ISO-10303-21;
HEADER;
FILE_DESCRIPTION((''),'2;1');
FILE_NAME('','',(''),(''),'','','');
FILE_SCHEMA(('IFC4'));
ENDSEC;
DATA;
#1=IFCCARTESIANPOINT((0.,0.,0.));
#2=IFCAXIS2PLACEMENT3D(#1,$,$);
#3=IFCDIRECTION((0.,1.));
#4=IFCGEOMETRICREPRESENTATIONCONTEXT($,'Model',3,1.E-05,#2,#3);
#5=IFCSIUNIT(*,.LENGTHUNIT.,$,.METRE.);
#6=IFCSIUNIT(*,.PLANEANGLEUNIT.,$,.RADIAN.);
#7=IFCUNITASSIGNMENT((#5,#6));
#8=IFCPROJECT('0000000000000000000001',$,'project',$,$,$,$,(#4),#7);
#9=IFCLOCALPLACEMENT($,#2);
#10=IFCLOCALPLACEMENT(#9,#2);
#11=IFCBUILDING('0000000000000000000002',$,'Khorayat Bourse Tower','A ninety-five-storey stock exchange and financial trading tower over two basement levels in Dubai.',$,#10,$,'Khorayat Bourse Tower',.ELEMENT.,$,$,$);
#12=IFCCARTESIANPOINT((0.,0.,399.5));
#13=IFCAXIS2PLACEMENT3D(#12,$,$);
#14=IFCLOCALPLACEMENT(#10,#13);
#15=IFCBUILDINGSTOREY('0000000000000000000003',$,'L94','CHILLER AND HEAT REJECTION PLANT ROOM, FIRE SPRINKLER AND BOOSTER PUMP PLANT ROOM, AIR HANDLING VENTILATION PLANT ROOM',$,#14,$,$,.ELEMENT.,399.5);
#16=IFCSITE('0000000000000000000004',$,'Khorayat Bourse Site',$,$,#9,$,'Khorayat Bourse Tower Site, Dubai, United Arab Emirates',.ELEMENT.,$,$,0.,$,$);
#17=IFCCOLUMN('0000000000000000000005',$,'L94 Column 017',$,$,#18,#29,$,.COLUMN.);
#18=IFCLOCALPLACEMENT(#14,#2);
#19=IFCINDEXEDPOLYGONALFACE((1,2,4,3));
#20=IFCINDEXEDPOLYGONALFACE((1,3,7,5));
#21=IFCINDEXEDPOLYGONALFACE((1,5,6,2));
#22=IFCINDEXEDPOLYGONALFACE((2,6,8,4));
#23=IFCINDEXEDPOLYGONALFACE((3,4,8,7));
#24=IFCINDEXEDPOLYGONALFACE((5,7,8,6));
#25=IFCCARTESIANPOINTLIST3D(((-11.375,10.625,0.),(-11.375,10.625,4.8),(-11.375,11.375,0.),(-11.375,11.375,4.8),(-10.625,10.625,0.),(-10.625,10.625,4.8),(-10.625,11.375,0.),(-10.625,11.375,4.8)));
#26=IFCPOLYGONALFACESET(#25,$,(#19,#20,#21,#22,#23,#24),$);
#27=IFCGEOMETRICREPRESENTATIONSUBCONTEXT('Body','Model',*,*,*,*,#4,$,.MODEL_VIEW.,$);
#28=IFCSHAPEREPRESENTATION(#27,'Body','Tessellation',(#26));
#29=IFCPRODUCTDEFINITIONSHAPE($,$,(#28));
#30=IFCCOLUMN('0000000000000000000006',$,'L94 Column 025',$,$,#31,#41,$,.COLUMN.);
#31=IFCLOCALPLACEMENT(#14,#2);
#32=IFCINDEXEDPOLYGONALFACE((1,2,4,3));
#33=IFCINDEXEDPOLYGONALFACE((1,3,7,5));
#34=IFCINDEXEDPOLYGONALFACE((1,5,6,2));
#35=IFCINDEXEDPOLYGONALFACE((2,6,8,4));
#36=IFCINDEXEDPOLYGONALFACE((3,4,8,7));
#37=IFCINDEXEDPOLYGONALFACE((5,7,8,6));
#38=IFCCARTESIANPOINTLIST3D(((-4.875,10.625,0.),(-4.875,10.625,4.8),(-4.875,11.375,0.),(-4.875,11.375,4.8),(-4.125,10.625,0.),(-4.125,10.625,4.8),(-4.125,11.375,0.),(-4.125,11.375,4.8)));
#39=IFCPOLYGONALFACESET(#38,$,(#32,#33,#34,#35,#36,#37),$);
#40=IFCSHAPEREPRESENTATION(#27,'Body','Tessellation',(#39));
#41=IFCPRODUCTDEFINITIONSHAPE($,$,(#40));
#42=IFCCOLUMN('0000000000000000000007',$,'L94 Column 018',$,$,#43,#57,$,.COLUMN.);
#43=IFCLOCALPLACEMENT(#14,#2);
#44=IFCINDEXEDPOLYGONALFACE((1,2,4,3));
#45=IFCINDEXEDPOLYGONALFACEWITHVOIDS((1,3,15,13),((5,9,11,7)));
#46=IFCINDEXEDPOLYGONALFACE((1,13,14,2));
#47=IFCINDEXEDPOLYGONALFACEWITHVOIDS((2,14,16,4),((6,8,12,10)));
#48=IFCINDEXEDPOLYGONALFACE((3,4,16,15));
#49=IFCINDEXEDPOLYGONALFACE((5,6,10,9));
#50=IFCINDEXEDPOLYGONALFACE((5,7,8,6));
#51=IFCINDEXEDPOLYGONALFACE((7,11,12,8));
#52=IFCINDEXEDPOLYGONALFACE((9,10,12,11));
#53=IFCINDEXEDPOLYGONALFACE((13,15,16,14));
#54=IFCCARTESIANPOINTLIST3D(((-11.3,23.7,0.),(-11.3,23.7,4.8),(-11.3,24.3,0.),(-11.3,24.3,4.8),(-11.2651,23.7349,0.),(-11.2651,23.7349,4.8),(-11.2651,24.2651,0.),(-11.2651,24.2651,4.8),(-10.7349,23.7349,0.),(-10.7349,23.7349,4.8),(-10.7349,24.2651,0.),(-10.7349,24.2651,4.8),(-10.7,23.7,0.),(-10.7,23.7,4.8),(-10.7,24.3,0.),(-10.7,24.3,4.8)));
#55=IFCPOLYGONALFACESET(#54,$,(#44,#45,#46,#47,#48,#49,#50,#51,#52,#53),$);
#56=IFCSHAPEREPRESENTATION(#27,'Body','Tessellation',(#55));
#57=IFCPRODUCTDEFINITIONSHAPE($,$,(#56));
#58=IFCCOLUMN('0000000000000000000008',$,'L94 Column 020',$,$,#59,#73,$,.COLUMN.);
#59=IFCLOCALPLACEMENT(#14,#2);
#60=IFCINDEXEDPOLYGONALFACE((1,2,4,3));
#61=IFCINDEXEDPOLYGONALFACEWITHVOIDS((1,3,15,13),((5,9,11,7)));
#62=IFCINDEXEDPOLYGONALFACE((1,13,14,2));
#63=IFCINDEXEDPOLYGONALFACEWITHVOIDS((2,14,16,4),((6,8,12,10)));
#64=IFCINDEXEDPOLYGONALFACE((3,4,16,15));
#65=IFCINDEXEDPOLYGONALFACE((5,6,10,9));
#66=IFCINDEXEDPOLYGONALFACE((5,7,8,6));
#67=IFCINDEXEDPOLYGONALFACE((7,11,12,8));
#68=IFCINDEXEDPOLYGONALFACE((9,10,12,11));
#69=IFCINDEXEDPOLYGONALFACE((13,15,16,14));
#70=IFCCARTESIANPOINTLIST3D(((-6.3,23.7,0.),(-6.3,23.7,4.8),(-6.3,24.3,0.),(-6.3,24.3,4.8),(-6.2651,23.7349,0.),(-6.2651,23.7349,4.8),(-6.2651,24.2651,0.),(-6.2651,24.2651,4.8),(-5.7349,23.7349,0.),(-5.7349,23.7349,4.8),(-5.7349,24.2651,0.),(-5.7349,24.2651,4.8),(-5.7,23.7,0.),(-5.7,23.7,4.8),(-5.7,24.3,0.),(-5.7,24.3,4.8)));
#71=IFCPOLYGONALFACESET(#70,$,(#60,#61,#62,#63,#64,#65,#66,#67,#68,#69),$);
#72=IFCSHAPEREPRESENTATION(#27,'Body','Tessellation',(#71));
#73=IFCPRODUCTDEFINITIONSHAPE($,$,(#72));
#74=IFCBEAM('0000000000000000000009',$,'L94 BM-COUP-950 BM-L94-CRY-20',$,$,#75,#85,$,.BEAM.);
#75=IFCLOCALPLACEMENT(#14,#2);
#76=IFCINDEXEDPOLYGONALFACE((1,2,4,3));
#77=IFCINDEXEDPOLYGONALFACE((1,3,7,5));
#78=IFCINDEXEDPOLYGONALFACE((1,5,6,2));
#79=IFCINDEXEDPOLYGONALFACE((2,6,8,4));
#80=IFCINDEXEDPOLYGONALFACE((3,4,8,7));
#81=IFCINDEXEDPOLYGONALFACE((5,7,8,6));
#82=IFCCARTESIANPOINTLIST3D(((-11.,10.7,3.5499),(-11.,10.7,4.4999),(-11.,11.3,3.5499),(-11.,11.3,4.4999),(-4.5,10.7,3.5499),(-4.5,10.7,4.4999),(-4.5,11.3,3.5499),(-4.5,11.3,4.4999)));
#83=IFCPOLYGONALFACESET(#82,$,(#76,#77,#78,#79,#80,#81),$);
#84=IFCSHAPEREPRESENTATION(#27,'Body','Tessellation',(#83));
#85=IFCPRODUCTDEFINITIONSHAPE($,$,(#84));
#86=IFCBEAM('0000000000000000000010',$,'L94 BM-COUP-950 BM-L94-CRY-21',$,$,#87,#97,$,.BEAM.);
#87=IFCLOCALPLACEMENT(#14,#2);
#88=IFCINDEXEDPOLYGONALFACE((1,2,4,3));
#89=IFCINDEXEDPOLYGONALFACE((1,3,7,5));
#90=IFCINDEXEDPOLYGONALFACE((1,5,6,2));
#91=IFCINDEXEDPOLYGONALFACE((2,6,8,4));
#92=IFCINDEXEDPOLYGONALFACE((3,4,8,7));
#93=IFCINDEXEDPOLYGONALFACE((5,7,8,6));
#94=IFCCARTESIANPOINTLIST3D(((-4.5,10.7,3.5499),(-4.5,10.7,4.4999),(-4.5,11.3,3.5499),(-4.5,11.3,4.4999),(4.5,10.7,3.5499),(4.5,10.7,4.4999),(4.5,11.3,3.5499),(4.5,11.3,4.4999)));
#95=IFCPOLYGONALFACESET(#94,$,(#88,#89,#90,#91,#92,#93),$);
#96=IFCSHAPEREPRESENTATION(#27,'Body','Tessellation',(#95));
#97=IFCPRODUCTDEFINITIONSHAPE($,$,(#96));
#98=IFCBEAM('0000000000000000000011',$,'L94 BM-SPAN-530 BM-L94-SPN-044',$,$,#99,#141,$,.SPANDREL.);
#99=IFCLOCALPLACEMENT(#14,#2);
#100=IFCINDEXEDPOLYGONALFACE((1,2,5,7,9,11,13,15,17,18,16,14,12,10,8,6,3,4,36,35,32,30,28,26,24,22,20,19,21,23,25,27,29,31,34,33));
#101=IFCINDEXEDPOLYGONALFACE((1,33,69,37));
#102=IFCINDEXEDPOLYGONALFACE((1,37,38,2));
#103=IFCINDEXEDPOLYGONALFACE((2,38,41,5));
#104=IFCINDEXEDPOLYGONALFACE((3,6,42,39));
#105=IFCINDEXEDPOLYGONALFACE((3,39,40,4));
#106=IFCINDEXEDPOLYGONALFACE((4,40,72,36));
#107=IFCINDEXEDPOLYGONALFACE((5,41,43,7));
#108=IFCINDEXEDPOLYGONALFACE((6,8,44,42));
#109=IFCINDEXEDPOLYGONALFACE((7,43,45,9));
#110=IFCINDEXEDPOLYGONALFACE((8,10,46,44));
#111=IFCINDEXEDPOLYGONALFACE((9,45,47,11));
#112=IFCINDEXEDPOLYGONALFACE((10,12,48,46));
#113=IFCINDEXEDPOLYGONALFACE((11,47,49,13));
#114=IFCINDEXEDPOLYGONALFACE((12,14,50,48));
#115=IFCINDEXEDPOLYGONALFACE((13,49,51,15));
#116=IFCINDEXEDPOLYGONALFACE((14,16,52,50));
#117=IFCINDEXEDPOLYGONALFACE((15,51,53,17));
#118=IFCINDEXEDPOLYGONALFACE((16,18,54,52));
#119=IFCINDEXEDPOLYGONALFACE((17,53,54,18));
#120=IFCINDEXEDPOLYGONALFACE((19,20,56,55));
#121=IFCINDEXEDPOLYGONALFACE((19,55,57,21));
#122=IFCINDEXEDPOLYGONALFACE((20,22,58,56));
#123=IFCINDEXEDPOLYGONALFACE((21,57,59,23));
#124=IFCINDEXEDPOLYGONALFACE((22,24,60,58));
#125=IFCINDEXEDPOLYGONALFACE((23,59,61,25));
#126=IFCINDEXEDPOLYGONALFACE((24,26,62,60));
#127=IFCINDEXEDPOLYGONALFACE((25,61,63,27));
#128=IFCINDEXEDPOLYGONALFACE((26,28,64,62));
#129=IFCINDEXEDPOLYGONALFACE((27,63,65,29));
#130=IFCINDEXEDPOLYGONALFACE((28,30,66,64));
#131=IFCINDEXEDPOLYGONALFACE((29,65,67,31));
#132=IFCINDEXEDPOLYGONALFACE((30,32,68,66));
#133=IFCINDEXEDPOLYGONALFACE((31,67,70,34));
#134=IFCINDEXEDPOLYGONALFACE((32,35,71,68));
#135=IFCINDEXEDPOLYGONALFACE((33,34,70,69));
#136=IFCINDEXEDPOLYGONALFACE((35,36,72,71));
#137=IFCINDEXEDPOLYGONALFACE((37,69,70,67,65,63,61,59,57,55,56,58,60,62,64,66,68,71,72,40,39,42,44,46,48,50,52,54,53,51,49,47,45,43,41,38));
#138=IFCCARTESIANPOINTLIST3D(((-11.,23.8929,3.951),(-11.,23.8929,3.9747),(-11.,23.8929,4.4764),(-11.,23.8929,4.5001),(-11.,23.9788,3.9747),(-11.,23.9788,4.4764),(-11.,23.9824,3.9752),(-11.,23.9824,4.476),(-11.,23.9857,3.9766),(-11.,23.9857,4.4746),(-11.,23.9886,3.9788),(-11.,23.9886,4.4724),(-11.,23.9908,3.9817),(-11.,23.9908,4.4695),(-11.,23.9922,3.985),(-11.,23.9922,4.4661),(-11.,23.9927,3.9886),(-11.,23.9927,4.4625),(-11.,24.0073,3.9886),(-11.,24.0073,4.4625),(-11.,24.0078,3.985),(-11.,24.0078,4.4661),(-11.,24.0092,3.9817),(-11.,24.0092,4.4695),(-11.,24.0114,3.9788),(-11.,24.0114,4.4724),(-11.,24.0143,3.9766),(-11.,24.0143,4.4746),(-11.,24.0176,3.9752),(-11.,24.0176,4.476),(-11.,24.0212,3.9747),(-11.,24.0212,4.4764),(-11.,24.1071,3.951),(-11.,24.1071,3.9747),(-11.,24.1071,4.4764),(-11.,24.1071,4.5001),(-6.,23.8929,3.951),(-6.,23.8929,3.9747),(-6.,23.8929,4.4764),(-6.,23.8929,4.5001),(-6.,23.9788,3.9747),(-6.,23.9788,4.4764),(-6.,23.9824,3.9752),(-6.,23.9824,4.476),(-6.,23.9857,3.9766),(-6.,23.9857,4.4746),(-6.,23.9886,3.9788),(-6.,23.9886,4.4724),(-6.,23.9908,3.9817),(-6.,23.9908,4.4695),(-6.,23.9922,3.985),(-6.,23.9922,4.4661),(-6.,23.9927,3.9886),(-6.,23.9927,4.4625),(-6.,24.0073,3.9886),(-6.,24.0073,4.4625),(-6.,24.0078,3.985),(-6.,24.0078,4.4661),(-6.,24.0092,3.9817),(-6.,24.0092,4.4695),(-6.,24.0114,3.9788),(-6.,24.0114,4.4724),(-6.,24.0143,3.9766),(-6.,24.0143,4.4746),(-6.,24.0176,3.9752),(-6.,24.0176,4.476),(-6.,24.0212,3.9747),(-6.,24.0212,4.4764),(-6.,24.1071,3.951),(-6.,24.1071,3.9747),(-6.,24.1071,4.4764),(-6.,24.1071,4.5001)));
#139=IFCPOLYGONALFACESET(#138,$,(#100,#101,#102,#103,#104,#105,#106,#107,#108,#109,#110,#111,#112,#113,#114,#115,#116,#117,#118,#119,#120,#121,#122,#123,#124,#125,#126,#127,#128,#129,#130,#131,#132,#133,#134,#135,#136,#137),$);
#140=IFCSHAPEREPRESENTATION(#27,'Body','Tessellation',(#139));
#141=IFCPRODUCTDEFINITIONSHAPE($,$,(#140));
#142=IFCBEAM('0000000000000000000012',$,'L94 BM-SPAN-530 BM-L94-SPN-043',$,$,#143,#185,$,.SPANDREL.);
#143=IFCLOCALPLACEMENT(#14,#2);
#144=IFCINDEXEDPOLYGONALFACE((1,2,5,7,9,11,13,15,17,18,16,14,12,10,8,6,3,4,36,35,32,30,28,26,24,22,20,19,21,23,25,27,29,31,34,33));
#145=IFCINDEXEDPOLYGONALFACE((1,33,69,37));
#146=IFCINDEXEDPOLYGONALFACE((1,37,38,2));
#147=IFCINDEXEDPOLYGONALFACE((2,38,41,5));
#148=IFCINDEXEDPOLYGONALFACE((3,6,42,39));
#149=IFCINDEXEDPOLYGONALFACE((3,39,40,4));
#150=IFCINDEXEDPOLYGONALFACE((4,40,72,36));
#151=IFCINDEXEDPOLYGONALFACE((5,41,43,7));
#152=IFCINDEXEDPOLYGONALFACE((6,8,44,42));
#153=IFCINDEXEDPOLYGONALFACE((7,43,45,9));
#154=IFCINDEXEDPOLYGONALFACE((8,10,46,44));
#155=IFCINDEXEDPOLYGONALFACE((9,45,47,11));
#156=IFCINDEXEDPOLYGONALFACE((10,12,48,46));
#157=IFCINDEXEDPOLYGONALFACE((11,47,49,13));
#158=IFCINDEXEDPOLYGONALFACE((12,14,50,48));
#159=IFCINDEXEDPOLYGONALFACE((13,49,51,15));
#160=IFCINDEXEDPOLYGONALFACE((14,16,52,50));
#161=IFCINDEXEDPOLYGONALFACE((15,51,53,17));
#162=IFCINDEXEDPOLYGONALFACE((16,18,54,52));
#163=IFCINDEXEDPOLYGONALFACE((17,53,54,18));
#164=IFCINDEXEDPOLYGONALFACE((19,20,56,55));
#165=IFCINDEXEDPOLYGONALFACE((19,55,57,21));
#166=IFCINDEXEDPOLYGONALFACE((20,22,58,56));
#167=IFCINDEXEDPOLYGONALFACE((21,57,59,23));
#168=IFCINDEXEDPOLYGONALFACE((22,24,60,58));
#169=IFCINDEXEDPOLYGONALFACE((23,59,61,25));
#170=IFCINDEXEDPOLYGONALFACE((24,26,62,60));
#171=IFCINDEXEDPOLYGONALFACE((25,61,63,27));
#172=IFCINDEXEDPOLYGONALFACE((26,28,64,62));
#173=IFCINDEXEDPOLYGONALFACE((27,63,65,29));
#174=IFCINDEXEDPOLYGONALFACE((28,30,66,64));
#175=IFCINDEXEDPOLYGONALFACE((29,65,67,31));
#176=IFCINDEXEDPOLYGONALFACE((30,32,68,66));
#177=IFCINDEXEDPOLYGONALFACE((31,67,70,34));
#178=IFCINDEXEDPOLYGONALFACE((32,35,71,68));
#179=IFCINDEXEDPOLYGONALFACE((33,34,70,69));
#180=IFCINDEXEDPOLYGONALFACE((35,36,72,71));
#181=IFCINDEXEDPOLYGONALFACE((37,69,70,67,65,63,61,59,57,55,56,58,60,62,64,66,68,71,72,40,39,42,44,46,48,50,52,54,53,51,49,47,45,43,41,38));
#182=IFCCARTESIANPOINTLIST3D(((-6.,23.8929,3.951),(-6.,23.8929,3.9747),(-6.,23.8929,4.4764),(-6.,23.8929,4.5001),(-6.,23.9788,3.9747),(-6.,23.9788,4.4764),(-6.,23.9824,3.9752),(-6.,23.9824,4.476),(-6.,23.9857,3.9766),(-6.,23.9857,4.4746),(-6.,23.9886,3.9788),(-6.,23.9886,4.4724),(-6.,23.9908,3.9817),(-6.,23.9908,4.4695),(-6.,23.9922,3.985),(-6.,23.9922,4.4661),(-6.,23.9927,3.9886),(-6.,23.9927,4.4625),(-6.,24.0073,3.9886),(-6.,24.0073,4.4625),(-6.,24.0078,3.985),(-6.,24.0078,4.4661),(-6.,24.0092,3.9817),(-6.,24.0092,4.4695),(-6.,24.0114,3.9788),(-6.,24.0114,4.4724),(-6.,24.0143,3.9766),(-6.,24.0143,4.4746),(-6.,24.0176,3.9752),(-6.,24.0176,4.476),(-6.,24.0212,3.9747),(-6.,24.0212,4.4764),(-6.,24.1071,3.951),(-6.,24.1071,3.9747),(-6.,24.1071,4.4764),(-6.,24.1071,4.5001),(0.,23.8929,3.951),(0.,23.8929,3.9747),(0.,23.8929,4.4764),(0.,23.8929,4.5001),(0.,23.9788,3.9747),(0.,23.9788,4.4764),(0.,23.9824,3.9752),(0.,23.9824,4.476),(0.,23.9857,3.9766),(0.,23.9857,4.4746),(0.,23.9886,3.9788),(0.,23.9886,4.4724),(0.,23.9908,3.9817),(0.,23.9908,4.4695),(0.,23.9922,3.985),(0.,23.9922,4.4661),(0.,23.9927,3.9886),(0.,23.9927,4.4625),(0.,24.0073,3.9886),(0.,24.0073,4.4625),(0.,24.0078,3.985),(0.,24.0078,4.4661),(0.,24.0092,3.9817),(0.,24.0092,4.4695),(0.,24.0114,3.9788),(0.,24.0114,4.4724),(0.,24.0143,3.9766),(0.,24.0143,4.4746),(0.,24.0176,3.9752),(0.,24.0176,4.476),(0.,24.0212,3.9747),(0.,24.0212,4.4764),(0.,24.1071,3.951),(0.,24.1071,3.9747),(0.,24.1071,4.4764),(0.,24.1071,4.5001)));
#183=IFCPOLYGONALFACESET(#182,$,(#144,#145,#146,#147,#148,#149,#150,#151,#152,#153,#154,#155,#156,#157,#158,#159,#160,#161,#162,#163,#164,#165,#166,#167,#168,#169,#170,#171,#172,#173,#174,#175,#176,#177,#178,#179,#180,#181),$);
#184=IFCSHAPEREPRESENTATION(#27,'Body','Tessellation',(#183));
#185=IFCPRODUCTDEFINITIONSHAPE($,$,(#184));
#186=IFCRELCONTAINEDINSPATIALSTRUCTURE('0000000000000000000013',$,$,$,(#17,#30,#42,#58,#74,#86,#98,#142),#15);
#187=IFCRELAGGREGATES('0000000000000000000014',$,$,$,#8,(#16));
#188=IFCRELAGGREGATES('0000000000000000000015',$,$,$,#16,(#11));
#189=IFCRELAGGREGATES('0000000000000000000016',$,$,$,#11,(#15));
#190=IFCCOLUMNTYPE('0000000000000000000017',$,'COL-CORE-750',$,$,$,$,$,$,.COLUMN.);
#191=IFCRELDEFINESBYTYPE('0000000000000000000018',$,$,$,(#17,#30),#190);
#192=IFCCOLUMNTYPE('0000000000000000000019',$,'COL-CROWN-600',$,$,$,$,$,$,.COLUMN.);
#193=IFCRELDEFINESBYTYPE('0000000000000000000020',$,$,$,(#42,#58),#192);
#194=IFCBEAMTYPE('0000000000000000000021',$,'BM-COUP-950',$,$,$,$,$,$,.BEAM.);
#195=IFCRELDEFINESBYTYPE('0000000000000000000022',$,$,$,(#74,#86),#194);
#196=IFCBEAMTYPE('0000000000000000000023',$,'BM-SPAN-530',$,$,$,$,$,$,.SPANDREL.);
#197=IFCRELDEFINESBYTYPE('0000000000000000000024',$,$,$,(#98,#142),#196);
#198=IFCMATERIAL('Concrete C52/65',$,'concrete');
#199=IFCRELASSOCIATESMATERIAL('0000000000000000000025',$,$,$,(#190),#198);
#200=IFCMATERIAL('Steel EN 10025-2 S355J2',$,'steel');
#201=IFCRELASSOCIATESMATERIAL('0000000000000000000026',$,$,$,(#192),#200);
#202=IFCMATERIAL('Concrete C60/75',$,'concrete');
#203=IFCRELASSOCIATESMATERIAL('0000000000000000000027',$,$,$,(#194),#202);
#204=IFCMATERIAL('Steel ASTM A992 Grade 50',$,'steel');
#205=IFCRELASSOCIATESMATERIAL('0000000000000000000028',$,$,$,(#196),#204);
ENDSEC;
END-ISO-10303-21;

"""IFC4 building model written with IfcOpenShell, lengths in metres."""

from ifc_helpers import new_model, si_unit, direction, frame, origin, origin_2d, place, context, subcontext, project, spatial, rectangle, hollow_rectangle, i_section, extrude, source, transform, mapped, material, material_profile, profile_set, type_object, element, save


model = new_model("IFC4")

# Units and contexts
model_context = context("Model", 3, precision=1e-05, world=origin(), true_north=direction((0.0, 1.0)))
body_context = subcontext(model_context, "Body", "Model", "MODEL_VIEW")
ifc_project = project(units=[si_unit("LENGTHUNIT", "METRE"), si_unit("PLANEANGLEUNIT", "RADIAN")], contexts=[model_context])

# Site, building, storey
site_placement = place(None, origin())
site = spatial("IfcSite", under=ifc_project, at=site_placement, Name="Khorayat Bourse Site", LongName="Khorayat Bourse Tower Site, Dubai, United Arab Emirates", CompositionType="ELEMENT", RefElevation=0.0)
building_placement = place(site_placement, origin())
building = spatial("IfcBuilding", under=site, at=building_placement, Name="Khorayat Bourse Tower", Description="A ninety-five-storey stock exchange and financial trading tower over two basement levels in Dubai.", LongName="Khorayat Bourse Tower", CompositionType="ELEMENT")
storey_placement = place(building_placement, frame((0.0, 0.0, 399.5)))
storey = spatial("IfcBuildingStorey", under=building, at=storey_placement, Name="L94", Description="CHILLER AND HEAT REJECTION PLANT ROOM, FIRE SPRINKLER AND BOOSTER PUMP PLANT ROOM, AIR HANDLING VENTILATION PLANT ROOM", CompositionType="ELEMENT", Elevation=399.5)

# Columns
ifc_material_1 = material(Name="Concrete C52/65", Category="concrete")
ifc_material_profile_1 = material_profile(ifc_material_1, rectangle(XDim=0.75, YDim=0.75, at=origin_2d()), Name="RC 750x750")
ifc_profile_set_1 = profile_set([ifc_material_profile_1], Name="Concrete C52/65")
column_type_1 = type_object("IfcColumnType", Name="COL-CORE-750", PredefinedType="COLUMN", material=ifc_profile_set_1)
shared_shape_1 = source(origin(), body_context, "Body", "SweptSolid", [
    extrude(rectangle(XDim=0.75, YDim=0.75, at=origin_2d()), origin(), (0.0, 0.0, 1.0), 4.8),
])
for number, where, z_axis, x_axis, name in (
    (1, (-11.0, 11.0, 0.0), (0.0, 0.0, 1.0), (1.0, 0.0, 0.0), "L94 Column 017"),
    (2, (-4.5, 11.0, 0.0), (0.0, 0.0, 1.0), (1.0, 0.0, 0.0), "L94 Column 025"),
):
    element("IfcColumn", number, at=place(storey_placement, frame(where, z_axis=z_axis, x_axis=x_axis)), inside=storey, type_object=column_type_1, Name=name, PredefinedType="COLUMN", context=body_context, shape_type="MappedRepresentation", body=[
        mapped(shared_shape_1, transform((0.0, 0.0, 0.0), scale=1.0)),
    ])
ifc_material_2 = material(Name="Steel EN 10025-2 S355J2", Category="steel")
ifc_material_profile_2 = material_profile(ifc_material_2, hollow_rectangle(XDim=0.6001, YDim=0.6001, WallThickness=0.0349, at=origin_2d()), Name="BOX 600x600x35")
ifc_profile_set_2 = profile_set([ifc_material_profile_2], Name="Steel EN 10025-2 S355J2")
column_type_2 = type_object("IfcColumnType", Name="COL-CROWN-600", PredefinedType="COLUMN", material=ifc_profile_set_2)
shared_shape_2 = source(origin(), body_context, "Body", "SweptSolid", [
    extrude(hollow_rectangle(XDim=0.6001, YDim=0.6001, WallThickness=0.0349, at=origin_2d()), origin(), (0.0, 0.0, 1.0), 4.8),
])
for number, where, z_axis, x_axis, name in (
    (3, (-11.0, 24.0, 0.0), (0.0, 0.0, 1.0), (1.0, 0.0, 0.0), "L94 Column 018"),
    (4, (-6.0, 24.0, 0.0), (0.0, 0.0, 1.0), (1.0, 0.0, 0.0), "L94 Column 020"),
):
    element("IfcColumn", number, at=place(storey_placement, frame(where, z_axis=z_axis, x_axis=x_axis)), inside=storey, type_object=column_type_2, Name=name, PredefinedType="COLUMN", context=body_context, shape_type="MappedRepresentation", body=[
        mapped(shared_shape_2, transform((0.0, 0.0, 0.0), scale=1.0)),
    ])

# Beams
ifc_material_3 = material(Name="Concrete C60/75", Category="concrete")
ifc_material_profile_3 = material_profile(ifc_material_3, rectangle(XDim=0.6001, YDim=0.95, at=origin_2d()), Name="RC 600x950")
ifc_profile_set_3 = profile_set([ifc_material_profile_3], Name="Concrete C60/75")
beam_type_1 = type_object("IfcBeamType", Name="BM-COUP-950", PredefinedType="BEAM", material=ifc_profile_set_3)
shared_shape_3 = source(origin(), body_context, "Body", "SweptSolid", [
    extrude(rectangle(XDim=0.6001, YDim=0.95, at=origin_2d()), origin(), (0.0, 0.0, 1.0), 6.5),
])
beam_1_placement = place(storey_placement, frame((-11.0, 11.0, 4.0249), z_axis=(1.0, 0.0, 0.0), x_axis=(0.0, 1.0, 0.0)))
element("IfcBeam", 5, at=beam_1_placement, inside=storey, type_object=beam_type_1, Name="L94 BM-COUP-950 BM-L94-CRY-20", PredefinedType="BEAM", context=body_context, shape_type="MappedRepresentation", body=[
    mapped(shared_shape_3, transform((0.0, 0.0, 0.0), scale=1.0)),
])
shared_shape_4 = source(origin(), body_context, "Body", "SweptSolid", [
    extrude(rectangle(XDim=0.6001, YDim=0.95, at=origin_2d()), origin(), (0.0, 0.0, 1.0), 9.0),
])
beam_2_placement = place(storey_placement, frame((-4.5, 11.0, 4.0249), z_axis=(1.0, 0.0, 0.0), x_axis=(0.0, 1.0, 0.0)))
element("IfcBeam", 6, at=beam_2_placement, inside=storey, type_object=beam_type_1, Name="L94 BM-COUP-950 BM-L94-CRY-21", PredefinedType="BEAM", context=body_context, shape_type="MappedRepresentation", body=[
    mapped(shared_shape_4, transform((0.0, 0.0, 0.0), scale=1.0)),
])
ifc_material_4 = material(Name="Steel ASTM A992 Grade 50", Category="steel")
ifc_material_profile_4 = material_profile(ifc_material_4, i_section(OverallWidth=0.2141, OverallDepth=0.5491, WebThickness=0.0146, FlangeThickness=0.0237, FilletRadius=0.0139, at=origin_2d()), Name="W530X138")
ifc_profile_set_4 = profile_set([ifc_material_profile_4], Name="Steel ASTM A992 Grade 50")
beam_type_2 = type_object("IfcBeamType", Name="BM-SPAN-530", PredefinedType="SPANDREL", material=ifc_profile_set_4)
shared_shape_5 = source(origin(), body_context, "Body", "SweptSolid", [
    extrude(i_section(OverallWidth=0.2141, OverallDepth=0.5491, WebThickness=0.0146, FlangeThickness=0.0237, FilletRadius=0.0139, at=origin_2d()), origin(), (0.0, 0.0, 1.0), 5.0),
])
beam_3_placement = place(storey_placement, frame((-11.0, 24.0, 4.2256), z_axis=(1.0, 0.0, 0.0), x_axis=(0.0, 1.0, 0.0)))
element("IfcBeam", 7, at=beam_3_placement, inside=storey, type_object=beam_type_2, Name="L94 BM-SPAN-530 BM-L94-SPN-044", PredefinedType="SPANDREL", context=body_context, shape_type="MappedRepresentation", body=[
    mapped(shared_shape_5, transform((0.0, 0.0, 0.0), scale=1.0)),
])
shared_shape_6 = source(origin(), body_context, "Body", "SweptSolid", [
    extrude(i_section(OverallWidth=0.2141, OverallDepth=0.5491, WebThickness=0.0146, FlangeThickness=0.0237, FilletRadius=0.0139, at=origin_2d()), origin(), (0.0, 0.0, 1.0), 6.0),
])
beam_4_placement = place(storey_placement, frame((-6.0, 24.0, 4.2256), z_axis=(1.0, 0.0, 0.0), x_axis=(0.0, 1.0, 0.0)))
element("IfcBeam", 8, at=beam_4_placement, inside=storey, type_object=beam_type_2, Name="L94 BM-SPAN-530 BM-L94-SPN-043", PredefinedType="SPANDREL", context=body_context, shape_type="MappedRepresentation", body=[
    mapped(shared_shape_6, transform((0.0, 0.0, 0.0), scale=1.0)),
])

save(model, "model.ifc")
